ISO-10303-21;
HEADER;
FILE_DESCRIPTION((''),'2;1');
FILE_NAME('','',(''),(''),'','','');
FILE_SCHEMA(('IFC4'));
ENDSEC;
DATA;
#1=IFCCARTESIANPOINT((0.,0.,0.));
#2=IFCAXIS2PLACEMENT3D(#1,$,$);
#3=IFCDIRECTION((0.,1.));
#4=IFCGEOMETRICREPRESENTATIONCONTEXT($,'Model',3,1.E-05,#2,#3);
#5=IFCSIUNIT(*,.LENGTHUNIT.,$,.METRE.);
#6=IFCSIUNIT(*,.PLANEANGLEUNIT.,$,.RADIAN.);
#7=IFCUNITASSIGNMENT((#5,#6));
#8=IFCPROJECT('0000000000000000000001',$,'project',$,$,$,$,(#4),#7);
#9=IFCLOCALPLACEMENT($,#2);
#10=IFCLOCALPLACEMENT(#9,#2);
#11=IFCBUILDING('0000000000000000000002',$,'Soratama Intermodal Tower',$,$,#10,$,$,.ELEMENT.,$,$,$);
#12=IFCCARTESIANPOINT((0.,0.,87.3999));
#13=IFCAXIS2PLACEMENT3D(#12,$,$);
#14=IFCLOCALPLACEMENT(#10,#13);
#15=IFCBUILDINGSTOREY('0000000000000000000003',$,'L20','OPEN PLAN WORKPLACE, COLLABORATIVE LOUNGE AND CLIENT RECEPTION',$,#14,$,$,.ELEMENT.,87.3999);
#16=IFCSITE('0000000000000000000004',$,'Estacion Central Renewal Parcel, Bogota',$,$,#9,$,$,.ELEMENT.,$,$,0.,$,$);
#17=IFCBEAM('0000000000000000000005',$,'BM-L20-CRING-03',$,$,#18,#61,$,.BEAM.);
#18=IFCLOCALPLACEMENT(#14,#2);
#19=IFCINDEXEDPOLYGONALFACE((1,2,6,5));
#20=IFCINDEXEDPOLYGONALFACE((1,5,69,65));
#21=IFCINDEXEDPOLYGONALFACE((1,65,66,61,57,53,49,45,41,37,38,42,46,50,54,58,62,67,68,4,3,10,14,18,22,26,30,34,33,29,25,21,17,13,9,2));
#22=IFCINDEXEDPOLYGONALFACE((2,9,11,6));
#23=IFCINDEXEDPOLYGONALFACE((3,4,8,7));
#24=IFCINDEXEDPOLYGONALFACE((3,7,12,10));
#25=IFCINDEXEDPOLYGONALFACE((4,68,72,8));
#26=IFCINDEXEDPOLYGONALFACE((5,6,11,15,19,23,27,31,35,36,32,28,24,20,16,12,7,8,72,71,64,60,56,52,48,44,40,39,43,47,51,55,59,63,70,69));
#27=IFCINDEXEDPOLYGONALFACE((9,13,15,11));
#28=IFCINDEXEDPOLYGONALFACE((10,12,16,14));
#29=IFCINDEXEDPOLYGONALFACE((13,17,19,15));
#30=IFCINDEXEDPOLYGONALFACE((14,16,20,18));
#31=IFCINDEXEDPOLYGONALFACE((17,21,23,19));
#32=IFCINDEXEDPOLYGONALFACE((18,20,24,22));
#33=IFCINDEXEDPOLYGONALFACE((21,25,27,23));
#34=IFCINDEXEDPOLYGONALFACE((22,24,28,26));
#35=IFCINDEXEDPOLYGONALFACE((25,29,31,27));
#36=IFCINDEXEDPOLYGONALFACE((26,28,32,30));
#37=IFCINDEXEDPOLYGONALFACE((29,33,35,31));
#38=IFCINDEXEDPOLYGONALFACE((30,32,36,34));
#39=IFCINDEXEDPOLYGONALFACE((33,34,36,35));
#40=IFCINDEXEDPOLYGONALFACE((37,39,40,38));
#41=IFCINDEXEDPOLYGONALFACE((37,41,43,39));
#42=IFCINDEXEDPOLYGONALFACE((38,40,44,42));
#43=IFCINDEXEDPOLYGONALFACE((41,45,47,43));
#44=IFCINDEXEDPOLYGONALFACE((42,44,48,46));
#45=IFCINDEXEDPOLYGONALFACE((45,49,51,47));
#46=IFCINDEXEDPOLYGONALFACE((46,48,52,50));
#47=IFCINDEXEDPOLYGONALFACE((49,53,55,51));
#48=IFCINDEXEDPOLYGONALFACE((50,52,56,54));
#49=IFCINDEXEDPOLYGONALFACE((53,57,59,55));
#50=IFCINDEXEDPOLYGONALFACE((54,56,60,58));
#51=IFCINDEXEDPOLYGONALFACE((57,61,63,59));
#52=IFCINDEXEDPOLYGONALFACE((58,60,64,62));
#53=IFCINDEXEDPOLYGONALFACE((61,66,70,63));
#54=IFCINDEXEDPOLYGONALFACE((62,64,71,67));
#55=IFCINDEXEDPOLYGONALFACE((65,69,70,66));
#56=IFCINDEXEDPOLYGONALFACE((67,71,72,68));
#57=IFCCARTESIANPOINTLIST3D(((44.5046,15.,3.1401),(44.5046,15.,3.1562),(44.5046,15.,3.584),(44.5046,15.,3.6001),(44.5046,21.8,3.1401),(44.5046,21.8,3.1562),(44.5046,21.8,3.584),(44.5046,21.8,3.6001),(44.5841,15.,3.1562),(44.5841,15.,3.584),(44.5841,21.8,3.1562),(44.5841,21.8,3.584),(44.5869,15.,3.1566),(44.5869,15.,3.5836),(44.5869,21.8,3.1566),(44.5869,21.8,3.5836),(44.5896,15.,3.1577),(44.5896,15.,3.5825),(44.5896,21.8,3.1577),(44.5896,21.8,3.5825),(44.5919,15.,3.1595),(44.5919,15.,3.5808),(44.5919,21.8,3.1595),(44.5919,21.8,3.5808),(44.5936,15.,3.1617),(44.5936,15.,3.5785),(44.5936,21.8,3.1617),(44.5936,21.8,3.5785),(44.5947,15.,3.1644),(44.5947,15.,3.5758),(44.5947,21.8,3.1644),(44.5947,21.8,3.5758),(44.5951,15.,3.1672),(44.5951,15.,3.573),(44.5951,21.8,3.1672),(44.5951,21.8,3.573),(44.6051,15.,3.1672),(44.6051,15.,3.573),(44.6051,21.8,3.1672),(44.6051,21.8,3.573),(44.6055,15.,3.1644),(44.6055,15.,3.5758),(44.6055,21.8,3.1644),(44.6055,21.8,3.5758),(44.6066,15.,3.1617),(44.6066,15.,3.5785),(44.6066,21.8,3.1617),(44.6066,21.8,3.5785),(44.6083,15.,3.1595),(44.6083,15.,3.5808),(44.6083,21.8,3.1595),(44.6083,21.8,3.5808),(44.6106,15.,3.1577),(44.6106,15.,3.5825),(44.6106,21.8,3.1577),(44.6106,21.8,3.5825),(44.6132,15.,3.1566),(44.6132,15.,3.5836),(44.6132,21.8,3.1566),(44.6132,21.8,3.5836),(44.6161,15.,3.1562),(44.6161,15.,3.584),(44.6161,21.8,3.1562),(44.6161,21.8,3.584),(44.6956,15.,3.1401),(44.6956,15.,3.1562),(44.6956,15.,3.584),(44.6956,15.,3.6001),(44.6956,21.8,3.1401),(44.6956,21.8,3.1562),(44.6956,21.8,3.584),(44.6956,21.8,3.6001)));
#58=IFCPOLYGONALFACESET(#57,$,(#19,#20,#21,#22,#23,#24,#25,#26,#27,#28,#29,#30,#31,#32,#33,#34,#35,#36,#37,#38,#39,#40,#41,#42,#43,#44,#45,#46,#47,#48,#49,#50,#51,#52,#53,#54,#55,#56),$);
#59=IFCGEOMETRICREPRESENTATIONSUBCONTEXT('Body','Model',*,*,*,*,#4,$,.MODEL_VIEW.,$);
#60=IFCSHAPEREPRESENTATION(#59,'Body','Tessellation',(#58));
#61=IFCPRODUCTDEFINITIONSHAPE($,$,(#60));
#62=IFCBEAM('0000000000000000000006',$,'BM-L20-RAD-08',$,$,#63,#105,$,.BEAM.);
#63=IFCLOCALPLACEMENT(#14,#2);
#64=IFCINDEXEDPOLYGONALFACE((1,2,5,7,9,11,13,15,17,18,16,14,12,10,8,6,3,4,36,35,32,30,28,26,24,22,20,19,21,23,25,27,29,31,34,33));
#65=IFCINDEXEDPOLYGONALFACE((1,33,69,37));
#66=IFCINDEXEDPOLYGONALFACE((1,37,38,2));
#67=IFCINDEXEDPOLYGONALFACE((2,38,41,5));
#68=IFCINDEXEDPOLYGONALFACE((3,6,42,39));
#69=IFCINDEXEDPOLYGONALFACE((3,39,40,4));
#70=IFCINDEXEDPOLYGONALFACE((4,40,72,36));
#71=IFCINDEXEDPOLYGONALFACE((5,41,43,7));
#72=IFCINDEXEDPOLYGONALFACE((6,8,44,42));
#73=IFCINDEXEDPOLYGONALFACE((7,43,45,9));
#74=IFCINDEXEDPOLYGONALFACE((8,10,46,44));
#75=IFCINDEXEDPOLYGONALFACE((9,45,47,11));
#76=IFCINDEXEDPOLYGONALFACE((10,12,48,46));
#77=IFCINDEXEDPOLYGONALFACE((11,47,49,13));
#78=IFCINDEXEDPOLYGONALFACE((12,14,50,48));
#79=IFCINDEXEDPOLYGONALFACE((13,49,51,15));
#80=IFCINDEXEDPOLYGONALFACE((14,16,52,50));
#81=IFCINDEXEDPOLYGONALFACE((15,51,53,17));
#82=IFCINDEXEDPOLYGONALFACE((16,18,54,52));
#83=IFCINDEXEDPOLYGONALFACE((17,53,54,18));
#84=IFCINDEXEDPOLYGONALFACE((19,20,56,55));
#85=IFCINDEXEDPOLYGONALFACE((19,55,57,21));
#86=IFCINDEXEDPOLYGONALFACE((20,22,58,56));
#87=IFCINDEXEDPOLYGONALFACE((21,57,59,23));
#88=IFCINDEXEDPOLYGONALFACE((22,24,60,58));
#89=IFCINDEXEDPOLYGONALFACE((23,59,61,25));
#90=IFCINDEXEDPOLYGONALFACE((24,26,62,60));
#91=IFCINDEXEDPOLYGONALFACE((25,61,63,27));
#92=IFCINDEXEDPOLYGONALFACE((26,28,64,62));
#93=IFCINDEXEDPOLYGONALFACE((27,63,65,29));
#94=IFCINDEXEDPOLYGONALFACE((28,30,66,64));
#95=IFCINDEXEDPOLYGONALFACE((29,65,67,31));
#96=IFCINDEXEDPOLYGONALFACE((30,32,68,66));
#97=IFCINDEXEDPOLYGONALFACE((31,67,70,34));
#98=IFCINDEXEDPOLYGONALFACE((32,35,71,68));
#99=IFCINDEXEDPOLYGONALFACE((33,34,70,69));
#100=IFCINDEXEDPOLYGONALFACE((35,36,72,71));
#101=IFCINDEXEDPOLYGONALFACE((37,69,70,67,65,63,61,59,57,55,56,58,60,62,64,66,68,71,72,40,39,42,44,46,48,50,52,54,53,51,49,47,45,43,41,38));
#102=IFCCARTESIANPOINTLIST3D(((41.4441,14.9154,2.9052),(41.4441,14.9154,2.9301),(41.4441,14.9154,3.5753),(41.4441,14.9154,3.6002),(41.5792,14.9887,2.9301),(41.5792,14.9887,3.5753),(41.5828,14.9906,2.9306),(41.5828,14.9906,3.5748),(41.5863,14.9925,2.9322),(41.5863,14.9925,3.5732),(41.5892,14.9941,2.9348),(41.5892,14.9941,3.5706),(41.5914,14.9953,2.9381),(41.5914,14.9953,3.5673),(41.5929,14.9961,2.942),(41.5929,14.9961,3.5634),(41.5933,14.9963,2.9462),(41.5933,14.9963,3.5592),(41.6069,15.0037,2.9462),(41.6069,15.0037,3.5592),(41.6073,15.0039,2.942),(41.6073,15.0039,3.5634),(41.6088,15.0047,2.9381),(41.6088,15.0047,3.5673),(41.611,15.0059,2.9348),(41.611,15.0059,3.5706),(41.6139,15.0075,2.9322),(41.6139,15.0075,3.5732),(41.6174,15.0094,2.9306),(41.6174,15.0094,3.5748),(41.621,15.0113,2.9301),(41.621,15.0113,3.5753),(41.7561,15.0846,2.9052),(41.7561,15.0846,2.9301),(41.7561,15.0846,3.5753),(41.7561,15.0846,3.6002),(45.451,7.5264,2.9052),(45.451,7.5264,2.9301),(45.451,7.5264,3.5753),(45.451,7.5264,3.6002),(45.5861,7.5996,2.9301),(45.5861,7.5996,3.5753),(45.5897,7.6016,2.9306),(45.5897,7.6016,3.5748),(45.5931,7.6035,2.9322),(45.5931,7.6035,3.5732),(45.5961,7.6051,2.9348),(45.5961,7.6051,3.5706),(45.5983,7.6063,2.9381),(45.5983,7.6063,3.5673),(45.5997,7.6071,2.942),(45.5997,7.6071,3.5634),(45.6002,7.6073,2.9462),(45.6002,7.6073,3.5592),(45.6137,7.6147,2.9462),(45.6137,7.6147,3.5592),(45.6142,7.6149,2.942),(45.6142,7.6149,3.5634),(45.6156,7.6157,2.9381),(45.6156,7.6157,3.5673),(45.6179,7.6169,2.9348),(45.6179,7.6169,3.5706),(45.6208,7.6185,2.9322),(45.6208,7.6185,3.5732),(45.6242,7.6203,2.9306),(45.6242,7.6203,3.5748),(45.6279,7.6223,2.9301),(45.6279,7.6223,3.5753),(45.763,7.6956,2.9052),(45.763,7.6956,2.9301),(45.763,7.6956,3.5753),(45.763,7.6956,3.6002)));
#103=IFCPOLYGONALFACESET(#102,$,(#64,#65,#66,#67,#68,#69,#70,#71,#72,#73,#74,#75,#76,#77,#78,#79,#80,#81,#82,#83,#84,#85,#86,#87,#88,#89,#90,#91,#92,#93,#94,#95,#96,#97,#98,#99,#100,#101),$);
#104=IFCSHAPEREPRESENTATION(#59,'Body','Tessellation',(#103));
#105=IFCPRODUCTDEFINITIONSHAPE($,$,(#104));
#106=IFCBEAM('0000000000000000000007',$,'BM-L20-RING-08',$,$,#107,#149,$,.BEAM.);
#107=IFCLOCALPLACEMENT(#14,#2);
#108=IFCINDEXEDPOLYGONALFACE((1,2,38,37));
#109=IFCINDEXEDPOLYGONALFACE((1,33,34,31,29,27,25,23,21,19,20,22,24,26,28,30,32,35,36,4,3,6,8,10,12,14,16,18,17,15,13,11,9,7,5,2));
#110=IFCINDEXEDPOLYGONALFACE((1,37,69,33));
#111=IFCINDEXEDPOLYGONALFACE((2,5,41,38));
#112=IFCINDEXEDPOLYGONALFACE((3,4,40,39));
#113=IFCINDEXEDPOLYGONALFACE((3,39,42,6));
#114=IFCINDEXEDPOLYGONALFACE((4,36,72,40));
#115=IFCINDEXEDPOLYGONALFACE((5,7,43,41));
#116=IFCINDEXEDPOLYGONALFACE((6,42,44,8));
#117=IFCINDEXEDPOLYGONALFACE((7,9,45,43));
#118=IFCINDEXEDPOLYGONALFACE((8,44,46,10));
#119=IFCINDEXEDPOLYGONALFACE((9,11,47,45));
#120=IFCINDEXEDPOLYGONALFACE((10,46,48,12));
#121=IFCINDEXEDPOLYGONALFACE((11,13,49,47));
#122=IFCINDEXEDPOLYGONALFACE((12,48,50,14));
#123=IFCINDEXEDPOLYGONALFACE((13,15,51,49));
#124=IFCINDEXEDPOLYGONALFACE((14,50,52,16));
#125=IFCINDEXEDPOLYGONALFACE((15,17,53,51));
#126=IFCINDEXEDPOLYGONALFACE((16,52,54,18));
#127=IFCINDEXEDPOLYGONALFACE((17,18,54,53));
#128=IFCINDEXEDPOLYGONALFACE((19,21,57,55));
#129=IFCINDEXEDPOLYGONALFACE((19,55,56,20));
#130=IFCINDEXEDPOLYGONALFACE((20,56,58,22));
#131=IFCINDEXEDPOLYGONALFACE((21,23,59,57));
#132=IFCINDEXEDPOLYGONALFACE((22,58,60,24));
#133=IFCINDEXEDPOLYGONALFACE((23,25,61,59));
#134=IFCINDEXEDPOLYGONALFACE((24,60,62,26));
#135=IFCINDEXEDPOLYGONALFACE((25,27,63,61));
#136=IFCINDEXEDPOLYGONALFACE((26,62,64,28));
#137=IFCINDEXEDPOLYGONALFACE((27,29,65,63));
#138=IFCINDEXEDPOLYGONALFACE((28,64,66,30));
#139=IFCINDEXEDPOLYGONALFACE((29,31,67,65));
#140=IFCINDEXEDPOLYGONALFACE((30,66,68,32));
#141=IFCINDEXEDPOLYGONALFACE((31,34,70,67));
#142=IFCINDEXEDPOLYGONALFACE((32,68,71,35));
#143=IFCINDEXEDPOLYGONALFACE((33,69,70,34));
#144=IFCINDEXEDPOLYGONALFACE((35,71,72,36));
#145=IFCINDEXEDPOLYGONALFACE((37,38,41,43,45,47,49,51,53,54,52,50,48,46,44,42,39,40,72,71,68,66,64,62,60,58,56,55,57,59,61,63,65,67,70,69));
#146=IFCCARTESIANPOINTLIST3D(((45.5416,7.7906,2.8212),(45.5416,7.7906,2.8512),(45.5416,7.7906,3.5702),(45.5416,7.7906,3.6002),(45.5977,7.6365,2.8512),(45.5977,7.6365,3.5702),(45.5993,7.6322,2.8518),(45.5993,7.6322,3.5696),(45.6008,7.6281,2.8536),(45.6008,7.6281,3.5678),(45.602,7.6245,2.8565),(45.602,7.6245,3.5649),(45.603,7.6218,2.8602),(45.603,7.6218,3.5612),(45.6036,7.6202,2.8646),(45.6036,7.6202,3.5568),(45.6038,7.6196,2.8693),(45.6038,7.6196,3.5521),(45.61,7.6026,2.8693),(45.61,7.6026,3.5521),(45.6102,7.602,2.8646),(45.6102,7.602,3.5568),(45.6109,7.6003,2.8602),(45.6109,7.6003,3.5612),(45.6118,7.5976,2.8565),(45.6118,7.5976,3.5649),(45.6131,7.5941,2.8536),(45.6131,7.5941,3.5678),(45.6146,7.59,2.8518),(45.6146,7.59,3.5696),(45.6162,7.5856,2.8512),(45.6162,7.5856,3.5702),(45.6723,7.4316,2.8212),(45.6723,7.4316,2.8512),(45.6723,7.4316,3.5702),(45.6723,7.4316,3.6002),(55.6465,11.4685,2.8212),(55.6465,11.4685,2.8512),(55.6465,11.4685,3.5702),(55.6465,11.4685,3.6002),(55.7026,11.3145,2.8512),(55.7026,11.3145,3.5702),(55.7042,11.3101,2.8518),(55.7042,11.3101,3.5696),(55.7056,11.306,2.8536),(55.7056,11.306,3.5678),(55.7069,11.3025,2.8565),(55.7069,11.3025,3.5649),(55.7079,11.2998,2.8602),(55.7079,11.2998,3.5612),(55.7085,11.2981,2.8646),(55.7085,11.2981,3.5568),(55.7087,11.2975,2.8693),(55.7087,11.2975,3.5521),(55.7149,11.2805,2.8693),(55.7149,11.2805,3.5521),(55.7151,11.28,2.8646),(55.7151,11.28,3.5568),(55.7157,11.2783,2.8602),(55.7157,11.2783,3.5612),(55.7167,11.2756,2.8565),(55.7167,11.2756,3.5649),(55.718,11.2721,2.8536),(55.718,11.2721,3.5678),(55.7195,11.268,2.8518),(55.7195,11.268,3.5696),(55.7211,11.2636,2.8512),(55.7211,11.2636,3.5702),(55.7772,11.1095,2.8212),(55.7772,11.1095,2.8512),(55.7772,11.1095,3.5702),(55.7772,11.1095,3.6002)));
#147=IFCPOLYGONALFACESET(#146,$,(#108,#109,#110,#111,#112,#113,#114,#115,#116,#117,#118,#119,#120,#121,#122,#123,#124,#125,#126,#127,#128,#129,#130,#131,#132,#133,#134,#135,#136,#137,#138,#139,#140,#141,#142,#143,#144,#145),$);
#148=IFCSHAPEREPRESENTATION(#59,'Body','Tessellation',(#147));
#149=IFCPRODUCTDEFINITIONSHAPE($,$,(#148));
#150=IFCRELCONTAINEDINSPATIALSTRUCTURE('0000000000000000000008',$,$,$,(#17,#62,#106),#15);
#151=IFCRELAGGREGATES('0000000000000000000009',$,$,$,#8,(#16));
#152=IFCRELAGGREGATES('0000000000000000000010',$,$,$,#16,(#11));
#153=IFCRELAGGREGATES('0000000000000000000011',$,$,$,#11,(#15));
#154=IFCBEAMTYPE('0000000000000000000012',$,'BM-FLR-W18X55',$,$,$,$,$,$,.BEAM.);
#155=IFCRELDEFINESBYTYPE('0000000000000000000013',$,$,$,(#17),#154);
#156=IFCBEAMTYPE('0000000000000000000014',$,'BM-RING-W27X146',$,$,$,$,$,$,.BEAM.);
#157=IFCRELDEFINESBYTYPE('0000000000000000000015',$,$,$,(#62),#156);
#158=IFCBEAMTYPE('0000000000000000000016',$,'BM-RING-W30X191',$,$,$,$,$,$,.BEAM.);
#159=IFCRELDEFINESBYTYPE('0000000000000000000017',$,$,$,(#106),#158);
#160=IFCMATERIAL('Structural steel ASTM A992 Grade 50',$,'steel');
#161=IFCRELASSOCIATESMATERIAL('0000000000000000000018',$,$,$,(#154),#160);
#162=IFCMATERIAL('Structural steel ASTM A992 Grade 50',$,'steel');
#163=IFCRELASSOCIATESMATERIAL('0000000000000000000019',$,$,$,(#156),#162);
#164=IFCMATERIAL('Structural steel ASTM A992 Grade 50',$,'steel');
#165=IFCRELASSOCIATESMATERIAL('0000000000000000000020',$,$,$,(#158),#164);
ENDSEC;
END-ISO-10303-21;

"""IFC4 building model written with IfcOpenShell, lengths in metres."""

from ifc_helpers import new_model, si_unit, direction, frame, origin, origin_2d, place, context, subcontext, project, spatial, i_section, extrude, material, material_profile, profile_set, type_object, element, save


model = new_model("IFC4")

# Units and contexts
model_context = context("Model", 3, precision=1e-05, world=origin(), true_north=direction((0.0, 1.0)))
body_context = subcontext(model_context, "Body", "Model", "MODEL_VIEW")
ifc_project = project(units=[si_unit("LENGTHUNIT", "METRE"), si_unit("PLANEANGLEUNIT", "RADIAN")], contexts=[model_context])

# Site, building, storey
site_placement = place(None, origin())
site = spatial("IfcSite", under=ifc_project, at=site_placement, Name="Estacion Central Renewal Parcel, Bogota", CompositionType="ELEMENT", RefElevation=0.0)
building_placement = place(site_placement, origin())
building = spatial("IfcBuilding", under=site, at=building_placement, Name="Soratama Intermodal Tower", CompositionType="ELEMENT")
storey_placement = place(building_placement, frame((0.0, 0.0, 87.3999)))
storey = spatial("IfcBuildingStorey", under=building, at=storey_placement, Name="L20", Description="OPEN PLAN WORKPLACE, COLLABORATIVE LOUNGE AND CLIENT RECEPTION", CompositionType="ELEMENT", Elevation=87.3999)

# Beams
ifc_material_1 = material(Name="Structural steel ASTM A992 Grade 50", Category="steel")
ifc_material_profile_1 = material_profile(ifc_material_1, i_section(OverallWidth=0.1909, OverallDepth=0.46, WebThickness=0.01, FlangeThickness=0.0161, FilletRadius=0.011, at=origin_2d()), Name="W18X55")
ifc_profile_set_1 = profile_set([ifc_material_profile_1], Name="Structural steel ASTM A992 Grade 50")
beam_type_1 = type_object("IfcBeamType", Name="BM-FLR-W18X55", PredefinedType="BEAM", material=ifc_profile_set_1)
beam_1_placement = place(storey_placement, frame((44.6001, 15.0, 3.3701), z_axis=(0.0, 1.0, 0.0), x_axis=(-1.0, 0.0, 0.0)))
element("IfcBeam", 1, at=beam_1_placement, inside=storey, type_object=beam_type_1, Name="BM-L20-CRING-03", PredefinedType="BEAM", context=body_context, shape_type="SweptSolid", body=[
    extrude(i_section(OverallWidth=0.1909, OverallDepth=0.46, WebThickness=0.01, FlangeThickness=0.0161, FilletRadius=0.011, at=origin_2d()), origin(), (0.0, 0.0, 1.0), 6.8),
])
ifc_material_2 = material(Name="Structural steel ASTM A992 Grade 50", Category="steel")
ifc_material_profile_2 = material_profile(ifc_material_2, i_section(OverallWidth=0.355, OverallDepth=0.6951, WebThickness=0.0154, FlangeThickness=0.0249, FilletRadius=0.0161, at=origin_2d()), Name="W27X146")
ifc_profile_set_2 = profile_set([ifc_material_profile_2], Name="Structural steel ASTM A992 Grade 50")
beam_type_2 = type_object("IfcBeamType", Name="BM-RING-W27X146", PredefinedType="BEAM", material=ifc_profile_set_2)
beam_2_placement = place(storey_placement, frame((41.6001, 15.0, 3.2527), z_axis=(0.476698, -0.879067, 0.0), x_axis=(0.879067, 0.476698, 0.0)))
element("IfcBeam", 2, at=beam_2_placement, inside=storey, type_object=beam_type_2, Name="BM-L20-RAD-08", PredefinedType="BEAM", context=body_context, shape_type="SweptSolid", body=[
    extrude(i_section(OverallWidth=0.355, OverallDepth=0.6951, WebThickness=0.0154, FlangeThickness=0.0249, FilletRadius=0.0161, at=origin_2d()), origin(), (0.0, 0.0, 1.0), 8.4055),
])
ifc_material_3 = material(Name="Structural steel ASTM A992 Grade 50", Category="steel")
ifc_material_profile_3 = material_profile(ifc_material_3, i_section(OverallWidth=0.3821, OverallDepth=0.7791, WebThickness=0.0181, FlangeThickness=0.03, FilletRadius=0.0181, at=origin_2d()), Name="W30X191")
ifc_profile_set_3 = profile_set([ifc_material_profile_3], Name="Structural steel ASTM A992 Grade 50")
beam_type_3 = type_object("IfcBeamType", Name="BM-RING-W30X191", PredefinedType="BEAM", material=ifc_profile_set_3)
beam_3_placement = place(storey_placement, frame((45.6069, 7.6111, 3.2107), z_axis=(0.939691, 0.342026, 0.0), x_axis=(-0.342026, 0.939691, 0.0)))
element("IfcBeam", 3, at=beam_3_placement, inside=storey, type_object=beam_type_3, Name="BM-L20-RING-08", PredefinedType="BEAM", context=body_context, shape_type="SweptSolid", body=[
    extrude(i_section(OverallWidth=0.3821, OverallDepth=0.7791, WebThickness=0.0181, FlangeThickness=0.03, FilletRadius=0.0181, at=origin_2d()), origin(), (0.0, 0.0, 1.0), 10.7534),
])

save(model, "model.ifc")
